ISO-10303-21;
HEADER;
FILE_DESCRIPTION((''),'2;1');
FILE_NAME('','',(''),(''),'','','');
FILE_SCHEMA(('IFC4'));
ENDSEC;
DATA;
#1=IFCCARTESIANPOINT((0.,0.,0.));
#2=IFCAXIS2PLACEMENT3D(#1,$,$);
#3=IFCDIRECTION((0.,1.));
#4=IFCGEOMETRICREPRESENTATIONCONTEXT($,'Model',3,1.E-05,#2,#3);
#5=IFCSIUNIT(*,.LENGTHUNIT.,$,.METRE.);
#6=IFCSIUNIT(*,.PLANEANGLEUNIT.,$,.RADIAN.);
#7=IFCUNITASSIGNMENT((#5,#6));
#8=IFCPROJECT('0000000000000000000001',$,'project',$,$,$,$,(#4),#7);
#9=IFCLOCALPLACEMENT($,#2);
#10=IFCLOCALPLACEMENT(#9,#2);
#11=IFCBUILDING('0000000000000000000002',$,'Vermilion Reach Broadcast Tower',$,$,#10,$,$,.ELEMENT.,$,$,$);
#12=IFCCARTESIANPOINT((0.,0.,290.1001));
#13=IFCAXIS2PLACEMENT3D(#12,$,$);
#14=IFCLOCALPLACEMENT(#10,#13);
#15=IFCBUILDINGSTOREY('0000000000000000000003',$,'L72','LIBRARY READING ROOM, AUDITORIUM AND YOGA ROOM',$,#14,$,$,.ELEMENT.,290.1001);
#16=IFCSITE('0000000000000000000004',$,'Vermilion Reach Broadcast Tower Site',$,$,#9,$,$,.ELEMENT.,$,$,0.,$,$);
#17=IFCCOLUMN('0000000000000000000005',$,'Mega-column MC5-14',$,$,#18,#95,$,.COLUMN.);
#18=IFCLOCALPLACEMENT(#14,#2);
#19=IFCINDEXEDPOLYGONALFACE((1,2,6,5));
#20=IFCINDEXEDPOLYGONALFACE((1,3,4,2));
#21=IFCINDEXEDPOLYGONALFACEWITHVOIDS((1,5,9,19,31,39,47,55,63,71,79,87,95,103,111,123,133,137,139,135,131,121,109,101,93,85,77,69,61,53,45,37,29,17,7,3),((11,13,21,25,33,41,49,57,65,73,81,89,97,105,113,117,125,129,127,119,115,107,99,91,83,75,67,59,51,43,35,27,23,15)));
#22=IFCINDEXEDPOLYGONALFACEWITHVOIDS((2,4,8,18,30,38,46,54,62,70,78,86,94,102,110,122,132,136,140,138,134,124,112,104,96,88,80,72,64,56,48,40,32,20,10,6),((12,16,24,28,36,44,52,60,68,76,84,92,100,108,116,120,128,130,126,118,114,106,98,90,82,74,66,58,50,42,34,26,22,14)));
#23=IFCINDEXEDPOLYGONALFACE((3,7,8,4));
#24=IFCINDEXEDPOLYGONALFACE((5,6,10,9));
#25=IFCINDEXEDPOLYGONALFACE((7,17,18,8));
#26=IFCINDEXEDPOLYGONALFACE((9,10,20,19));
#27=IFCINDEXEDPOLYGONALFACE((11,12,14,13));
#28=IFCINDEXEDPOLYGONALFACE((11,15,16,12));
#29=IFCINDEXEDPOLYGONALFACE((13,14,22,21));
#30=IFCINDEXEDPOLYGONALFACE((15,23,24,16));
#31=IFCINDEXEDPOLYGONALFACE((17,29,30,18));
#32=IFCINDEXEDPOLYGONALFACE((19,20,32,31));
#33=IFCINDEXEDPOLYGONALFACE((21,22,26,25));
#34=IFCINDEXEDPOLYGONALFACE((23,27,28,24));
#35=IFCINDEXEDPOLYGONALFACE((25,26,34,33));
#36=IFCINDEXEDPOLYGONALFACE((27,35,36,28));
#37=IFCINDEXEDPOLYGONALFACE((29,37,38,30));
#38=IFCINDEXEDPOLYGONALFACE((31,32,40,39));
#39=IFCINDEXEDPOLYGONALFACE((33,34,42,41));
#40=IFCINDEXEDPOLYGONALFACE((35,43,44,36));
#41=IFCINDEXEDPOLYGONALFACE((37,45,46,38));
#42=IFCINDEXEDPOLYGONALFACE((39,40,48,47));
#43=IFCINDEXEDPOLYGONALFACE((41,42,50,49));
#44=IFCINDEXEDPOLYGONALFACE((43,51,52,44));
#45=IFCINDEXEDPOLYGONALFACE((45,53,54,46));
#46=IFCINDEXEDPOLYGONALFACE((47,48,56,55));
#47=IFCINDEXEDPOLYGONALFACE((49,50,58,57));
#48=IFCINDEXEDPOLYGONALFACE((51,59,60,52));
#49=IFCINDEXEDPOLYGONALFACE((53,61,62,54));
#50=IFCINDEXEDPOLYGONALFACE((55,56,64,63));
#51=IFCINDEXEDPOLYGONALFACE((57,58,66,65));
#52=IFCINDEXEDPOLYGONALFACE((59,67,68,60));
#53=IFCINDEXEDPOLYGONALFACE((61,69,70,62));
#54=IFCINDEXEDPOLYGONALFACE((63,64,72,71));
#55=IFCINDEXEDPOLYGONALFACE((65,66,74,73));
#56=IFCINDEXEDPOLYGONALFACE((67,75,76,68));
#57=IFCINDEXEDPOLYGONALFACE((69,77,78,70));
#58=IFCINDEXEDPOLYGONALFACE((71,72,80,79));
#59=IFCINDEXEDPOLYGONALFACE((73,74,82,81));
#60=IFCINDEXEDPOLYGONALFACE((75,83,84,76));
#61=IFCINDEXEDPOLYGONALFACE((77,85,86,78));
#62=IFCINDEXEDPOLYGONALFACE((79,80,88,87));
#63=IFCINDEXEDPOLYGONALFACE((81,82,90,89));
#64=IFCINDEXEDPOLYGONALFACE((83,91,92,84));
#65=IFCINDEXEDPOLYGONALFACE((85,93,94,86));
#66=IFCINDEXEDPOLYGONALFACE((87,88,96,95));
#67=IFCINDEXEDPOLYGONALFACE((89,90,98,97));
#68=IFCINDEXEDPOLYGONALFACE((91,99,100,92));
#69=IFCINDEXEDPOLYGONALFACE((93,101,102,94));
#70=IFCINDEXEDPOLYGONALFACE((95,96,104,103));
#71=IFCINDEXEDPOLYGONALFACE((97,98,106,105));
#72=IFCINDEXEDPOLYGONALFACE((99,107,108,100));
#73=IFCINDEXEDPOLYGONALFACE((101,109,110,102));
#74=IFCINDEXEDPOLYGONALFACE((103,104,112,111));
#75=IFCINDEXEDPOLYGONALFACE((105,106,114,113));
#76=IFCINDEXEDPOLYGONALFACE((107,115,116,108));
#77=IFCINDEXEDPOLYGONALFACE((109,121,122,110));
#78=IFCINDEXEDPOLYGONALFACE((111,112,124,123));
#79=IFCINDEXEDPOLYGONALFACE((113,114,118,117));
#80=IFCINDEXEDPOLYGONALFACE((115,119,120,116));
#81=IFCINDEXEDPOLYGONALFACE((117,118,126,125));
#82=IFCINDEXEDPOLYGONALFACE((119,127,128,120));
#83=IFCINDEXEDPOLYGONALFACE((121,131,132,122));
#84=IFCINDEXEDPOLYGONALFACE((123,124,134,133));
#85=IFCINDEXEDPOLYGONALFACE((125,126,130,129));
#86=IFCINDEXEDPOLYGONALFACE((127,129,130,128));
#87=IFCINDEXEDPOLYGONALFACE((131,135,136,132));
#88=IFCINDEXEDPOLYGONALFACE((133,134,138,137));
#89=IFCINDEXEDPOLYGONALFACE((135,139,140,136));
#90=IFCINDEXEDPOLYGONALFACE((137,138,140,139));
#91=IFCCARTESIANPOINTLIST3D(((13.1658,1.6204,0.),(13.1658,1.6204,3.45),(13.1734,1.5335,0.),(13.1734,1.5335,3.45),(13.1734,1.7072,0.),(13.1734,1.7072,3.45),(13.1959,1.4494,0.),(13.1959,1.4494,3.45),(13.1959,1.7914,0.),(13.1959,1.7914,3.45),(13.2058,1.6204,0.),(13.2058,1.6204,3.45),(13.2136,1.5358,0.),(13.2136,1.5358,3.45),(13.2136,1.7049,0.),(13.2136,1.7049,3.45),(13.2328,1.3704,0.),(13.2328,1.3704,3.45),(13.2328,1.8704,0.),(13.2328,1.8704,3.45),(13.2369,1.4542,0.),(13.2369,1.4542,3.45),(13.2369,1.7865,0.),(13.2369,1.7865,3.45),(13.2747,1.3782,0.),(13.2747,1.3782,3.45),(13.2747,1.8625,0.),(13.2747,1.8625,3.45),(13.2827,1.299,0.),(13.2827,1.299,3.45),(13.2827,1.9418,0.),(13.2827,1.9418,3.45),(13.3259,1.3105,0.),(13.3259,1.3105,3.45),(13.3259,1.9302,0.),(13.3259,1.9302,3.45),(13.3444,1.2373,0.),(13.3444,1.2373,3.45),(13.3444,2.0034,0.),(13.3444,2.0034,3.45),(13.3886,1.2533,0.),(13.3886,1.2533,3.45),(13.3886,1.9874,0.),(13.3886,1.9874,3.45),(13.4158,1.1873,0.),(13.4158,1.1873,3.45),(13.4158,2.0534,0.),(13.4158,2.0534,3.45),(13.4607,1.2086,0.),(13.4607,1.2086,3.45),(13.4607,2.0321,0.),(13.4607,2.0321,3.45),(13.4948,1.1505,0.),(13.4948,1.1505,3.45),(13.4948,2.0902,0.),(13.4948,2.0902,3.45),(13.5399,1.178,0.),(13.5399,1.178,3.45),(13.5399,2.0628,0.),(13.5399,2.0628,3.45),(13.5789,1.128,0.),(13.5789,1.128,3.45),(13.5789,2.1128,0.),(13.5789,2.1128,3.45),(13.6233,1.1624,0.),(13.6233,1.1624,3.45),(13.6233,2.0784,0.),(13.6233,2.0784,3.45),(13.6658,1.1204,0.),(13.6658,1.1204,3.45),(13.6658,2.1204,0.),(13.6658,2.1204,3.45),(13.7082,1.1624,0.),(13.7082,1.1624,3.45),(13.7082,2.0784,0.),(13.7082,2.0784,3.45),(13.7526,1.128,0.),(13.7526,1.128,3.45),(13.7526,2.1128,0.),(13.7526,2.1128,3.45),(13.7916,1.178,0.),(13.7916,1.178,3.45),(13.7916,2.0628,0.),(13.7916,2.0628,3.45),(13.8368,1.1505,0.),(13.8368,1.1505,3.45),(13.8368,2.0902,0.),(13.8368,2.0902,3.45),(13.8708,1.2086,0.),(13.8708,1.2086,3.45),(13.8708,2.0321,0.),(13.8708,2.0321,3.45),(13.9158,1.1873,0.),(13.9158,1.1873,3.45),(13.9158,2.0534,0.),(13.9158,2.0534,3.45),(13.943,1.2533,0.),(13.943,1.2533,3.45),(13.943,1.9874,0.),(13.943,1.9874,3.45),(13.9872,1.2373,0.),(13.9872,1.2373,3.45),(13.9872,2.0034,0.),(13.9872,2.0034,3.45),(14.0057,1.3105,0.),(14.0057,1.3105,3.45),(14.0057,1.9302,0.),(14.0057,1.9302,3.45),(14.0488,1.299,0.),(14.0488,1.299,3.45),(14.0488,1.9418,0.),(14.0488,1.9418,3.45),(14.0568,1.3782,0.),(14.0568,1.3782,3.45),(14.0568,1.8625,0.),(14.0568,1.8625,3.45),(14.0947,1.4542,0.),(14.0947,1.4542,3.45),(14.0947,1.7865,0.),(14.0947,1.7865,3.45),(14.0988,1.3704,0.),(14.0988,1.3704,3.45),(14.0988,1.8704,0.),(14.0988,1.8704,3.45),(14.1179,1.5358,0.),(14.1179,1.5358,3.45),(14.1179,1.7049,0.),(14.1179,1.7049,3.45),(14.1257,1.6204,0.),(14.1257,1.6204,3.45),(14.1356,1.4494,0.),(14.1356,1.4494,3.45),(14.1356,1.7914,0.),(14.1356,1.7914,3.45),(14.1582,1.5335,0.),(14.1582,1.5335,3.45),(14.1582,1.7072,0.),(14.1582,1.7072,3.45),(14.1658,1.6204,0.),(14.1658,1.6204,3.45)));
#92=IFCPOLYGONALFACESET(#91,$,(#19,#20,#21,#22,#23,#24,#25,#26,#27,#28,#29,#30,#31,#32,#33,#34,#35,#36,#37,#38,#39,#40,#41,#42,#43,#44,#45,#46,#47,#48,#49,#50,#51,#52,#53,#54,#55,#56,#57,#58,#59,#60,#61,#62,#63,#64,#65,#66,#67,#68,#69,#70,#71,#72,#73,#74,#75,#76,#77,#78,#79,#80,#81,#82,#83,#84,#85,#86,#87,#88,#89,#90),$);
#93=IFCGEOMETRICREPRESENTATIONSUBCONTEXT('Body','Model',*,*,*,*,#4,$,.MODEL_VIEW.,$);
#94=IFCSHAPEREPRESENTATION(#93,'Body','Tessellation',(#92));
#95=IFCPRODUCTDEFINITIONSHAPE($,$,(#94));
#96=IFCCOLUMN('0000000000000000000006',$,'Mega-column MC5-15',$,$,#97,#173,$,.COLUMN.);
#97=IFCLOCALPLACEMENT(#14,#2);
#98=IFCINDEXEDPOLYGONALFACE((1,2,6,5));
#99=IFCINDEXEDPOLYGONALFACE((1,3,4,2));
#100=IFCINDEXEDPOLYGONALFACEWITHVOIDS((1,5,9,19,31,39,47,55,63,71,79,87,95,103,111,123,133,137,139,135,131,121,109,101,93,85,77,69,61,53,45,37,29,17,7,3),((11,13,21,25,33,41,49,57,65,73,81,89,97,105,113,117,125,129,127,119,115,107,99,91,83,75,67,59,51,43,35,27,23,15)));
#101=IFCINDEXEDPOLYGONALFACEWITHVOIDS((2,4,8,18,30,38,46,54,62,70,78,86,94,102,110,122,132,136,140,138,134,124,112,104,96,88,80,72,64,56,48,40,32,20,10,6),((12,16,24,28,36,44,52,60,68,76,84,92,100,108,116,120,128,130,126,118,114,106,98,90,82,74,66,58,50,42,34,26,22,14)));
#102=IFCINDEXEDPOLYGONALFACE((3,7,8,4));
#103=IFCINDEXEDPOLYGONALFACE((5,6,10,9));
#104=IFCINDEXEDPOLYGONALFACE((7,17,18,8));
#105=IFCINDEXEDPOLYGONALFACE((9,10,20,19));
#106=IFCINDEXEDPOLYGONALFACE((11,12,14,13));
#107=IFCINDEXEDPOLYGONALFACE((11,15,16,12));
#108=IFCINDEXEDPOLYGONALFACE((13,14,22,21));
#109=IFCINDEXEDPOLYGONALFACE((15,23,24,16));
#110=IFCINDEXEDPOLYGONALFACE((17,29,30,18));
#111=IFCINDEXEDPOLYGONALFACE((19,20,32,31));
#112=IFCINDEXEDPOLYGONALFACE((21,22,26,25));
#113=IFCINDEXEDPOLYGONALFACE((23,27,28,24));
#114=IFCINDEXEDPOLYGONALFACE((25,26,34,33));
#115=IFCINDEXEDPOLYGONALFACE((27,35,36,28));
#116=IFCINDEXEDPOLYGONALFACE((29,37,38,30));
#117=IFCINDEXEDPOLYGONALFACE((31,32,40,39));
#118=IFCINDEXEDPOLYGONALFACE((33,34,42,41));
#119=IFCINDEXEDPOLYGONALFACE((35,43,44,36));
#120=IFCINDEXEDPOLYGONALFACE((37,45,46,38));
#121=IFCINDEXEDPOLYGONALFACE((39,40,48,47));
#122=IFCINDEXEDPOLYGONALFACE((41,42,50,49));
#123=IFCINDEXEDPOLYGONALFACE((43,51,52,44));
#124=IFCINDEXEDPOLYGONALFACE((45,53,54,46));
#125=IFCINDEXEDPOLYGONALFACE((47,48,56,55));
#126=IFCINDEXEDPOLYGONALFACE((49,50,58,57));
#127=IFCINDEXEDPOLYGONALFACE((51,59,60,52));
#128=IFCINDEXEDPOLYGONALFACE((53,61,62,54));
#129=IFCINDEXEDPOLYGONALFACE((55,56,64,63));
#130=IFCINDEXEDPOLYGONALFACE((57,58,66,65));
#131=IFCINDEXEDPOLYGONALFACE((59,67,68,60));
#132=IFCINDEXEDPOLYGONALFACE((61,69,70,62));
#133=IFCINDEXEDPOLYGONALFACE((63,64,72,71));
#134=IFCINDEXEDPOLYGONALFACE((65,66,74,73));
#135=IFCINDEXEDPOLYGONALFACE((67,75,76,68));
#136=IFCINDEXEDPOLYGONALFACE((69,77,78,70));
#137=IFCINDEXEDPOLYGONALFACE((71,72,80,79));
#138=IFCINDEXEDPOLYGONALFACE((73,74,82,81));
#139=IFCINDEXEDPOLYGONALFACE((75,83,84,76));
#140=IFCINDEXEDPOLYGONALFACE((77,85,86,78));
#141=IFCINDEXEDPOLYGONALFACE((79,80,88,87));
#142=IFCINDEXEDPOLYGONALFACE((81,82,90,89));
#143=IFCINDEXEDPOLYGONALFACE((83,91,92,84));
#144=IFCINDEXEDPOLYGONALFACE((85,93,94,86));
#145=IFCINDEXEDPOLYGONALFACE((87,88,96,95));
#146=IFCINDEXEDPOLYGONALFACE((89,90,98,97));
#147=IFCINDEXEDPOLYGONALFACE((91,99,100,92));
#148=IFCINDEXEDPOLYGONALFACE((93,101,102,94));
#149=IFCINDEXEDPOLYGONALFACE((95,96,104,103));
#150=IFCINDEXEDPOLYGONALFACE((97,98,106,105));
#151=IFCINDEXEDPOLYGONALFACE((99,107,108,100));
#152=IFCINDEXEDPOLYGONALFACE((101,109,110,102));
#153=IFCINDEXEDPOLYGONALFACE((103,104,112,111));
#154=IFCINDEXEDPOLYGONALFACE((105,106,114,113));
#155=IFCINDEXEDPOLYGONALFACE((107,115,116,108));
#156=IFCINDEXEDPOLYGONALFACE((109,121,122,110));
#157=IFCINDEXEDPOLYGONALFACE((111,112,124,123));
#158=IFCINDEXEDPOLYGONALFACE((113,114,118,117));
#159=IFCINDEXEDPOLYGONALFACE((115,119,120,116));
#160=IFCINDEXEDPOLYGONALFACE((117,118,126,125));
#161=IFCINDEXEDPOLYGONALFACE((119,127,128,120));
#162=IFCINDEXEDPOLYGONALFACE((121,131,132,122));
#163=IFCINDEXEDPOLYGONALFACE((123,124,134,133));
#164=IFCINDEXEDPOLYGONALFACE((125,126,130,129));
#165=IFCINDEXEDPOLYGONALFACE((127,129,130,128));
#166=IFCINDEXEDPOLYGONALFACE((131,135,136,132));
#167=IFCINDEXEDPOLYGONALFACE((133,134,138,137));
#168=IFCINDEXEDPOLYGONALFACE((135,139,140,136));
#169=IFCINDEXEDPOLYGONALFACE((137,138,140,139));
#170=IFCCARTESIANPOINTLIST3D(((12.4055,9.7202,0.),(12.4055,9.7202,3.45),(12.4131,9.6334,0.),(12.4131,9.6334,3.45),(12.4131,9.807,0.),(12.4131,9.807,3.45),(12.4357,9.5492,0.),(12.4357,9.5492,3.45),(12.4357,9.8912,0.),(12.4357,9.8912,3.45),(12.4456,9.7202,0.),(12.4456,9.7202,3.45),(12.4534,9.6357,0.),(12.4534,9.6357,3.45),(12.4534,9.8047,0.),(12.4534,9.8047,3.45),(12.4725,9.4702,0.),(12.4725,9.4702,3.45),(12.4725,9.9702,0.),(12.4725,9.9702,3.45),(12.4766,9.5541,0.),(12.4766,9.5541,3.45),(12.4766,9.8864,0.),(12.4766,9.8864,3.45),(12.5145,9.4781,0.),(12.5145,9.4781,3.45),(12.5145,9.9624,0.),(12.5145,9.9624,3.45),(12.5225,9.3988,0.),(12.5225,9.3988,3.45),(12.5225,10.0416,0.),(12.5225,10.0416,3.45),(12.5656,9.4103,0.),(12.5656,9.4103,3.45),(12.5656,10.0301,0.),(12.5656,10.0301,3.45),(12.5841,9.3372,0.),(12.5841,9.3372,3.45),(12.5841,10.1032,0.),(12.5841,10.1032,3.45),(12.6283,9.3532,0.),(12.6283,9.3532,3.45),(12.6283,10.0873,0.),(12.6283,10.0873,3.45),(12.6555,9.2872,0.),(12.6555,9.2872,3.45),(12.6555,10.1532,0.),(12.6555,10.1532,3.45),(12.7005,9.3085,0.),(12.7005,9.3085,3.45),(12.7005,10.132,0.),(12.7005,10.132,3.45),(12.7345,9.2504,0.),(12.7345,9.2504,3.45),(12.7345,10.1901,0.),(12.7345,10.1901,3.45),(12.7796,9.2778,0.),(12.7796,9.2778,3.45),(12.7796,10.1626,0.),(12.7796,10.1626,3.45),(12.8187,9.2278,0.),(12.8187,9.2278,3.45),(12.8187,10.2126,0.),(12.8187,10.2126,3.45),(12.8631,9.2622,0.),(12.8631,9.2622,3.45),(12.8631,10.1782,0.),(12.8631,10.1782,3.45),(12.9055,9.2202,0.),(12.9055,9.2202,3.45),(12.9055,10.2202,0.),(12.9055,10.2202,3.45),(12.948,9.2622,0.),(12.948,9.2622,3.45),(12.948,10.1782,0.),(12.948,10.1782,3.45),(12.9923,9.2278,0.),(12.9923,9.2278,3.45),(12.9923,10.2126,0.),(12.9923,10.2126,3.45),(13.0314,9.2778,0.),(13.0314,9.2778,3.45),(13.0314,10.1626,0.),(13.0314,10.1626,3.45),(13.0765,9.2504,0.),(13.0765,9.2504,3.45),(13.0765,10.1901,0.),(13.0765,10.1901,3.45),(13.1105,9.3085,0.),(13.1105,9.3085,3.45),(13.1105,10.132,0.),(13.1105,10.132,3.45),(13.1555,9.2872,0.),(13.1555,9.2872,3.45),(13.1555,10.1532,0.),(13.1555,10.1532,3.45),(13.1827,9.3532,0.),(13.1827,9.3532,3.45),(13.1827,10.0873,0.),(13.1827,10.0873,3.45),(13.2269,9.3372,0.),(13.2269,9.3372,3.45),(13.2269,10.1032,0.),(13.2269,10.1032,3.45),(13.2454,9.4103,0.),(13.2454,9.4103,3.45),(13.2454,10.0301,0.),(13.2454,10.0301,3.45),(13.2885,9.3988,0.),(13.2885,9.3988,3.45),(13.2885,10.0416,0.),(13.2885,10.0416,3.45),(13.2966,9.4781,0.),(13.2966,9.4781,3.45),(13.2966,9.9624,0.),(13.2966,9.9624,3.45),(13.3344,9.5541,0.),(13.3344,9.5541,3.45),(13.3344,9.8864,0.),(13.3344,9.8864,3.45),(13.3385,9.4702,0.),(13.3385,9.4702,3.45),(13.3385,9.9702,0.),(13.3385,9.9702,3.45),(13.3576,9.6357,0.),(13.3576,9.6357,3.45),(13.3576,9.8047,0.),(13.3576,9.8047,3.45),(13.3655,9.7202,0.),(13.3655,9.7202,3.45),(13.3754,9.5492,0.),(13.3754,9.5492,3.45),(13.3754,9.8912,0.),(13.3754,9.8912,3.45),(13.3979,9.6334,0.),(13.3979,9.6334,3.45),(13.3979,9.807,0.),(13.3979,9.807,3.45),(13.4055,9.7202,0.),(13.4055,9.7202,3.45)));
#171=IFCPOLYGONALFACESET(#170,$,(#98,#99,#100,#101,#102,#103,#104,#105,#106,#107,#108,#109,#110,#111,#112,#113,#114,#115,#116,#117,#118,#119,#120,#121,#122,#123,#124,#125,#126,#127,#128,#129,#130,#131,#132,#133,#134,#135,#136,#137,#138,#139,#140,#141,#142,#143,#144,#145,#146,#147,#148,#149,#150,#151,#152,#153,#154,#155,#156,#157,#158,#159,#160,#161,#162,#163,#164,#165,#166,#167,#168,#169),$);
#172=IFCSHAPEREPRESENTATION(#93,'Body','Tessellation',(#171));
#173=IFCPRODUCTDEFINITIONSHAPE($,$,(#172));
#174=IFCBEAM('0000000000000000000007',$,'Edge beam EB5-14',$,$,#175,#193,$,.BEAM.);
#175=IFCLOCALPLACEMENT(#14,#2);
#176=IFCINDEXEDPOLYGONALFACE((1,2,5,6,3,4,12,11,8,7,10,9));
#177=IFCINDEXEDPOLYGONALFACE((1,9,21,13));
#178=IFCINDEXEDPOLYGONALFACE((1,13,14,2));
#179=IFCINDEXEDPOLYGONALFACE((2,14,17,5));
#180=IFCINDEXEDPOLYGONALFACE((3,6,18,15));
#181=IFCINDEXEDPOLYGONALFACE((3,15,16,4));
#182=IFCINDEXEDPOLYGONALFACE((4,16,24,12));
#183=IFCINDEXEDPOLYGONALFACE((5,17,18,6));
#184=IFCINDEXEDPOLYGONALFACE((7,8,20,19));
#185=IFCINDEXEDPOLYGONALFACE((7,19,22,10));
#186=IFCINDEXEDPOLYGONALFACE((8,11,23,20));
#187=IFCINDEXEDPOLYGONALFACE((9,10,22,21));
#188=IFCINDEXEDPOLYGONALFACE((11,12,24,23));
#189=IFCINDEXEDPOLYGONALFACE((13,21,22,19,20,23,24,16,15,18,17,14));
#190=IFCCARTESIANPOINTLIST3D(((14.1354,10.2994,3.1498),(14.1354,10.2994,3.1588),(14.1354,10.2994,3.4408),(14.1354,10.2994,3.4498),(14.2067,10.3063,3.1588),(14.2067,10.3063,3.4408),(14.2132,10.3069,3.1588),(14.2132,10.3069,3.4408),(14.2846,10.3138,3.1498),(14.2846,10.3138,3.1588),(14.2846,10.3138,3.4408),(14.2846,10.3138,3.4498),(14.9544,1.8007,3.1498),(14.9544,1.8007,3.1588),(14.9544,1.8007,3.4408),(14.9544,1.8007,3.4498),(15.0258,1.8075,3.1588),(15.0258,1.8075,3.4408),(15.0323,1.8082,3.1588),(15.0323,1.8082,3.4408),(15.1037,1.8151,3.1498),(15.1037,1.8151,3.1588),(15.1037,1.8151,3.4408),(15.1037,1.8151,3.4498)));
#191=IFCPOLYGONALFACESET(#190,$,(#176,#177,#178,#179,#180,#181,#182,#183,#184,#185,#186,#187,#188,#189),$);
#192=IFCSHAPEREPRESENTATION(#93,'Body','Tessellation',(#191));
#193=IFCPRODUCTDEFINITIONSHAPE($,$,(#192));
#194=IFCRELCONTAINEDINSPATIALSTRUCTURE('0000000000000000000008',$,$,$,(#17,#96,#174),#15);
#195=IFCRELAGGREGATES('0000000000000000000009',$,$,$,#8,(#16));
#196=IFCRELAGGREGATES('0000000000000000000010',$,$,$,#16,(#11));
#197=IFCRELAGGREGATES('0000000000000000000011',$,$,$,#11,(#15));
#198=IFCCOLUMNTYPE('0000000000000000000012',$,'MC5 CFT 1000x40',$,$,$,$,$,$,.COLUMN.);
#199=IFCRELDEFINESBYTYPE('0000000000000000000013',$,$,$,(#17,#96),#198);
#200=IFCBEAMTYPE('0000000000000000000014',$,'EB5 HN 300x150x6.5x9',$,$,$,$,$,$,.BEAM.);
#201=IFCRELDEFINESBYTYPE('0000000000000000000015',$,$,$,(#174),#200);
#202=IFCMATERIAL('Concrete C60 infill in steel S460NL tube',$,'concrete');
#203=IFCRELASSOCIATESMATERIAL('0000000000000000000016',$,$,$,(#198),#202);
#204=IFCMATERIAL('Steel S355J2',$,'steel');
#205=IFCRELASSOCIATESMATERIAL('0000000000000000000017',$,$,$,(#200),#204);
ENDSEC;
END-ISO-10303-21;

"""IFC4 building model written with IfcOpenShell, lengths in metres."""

from ifc_helpers import new_model, si_unit, direction, frame, origin, origin_2d, place, context, subcontext, project, spatial, hollow_circle, i_section, extrude, material, material_profile, profile_set, type_object, element, save


model = new_model("IFC4")

# Units and contexts
model_context = context("Model", 3, precision=1e-05, world=origin(), true_north=direction((0.0, 1.0)))
body_context = subcontext(model_context, "Body", "Model", "MODEL_VIEW")
ifc_project = project(units=[si_unit("LENGTHUNIT", "METRE"), si_unit("PLANEANGLEUNIT", "RADIAN")], contexts=[model_context])

# Site, building, storey
site_placement = place(None, origin())
site = spatial("IfcSite", under=ifc_project, at=site_placement, Name="Vermilion Reach Broadcast Tower Site", CompositionType="ELEMENT", RefElevation=0.0)
building_placement = place(site_placement, origin())
building = spatial("IfcBuilding", under=site, at=building_placement, Name="Vermilion Reach Broadcast Tower", CompositionType="ELEMENT")
storey_placement = place(building_placement, frame((0.0, 0.0, 290.1001)))
storey = spatial("IfcBuildingStorey", under=building, at=storey_placement, Name="L72", Description="LIBRARY READING ROOM, AUDITORIUM AND YOGA ROOM", CompositionType="ELEMENT", Elevation=290.1001)

# Columns
ifc_material_1 = material(Name="Concrete C60 infill in steel S460NL tube", Category="concrete")
ifc_material_profile_1 = material_profile(ifc_material_1, hollow_circle(Radius=0.5, WallThickness=0.04, at=origin_2d()), Name="Concrete C60 infill in steel S460NL tube CFT 1000x40")
ifc_profile_set_1 = profile_set([ifc_material_profile_1], Name="Concrete C60 infill in steel S460NL tube")
column_type = type_object("IfcColumnType", Name="MC5 CFT 1000x40", PredefinedType="COLUMN", material=ifc_profile_set_1)
for number, where, z_axis, x_axis, name in (
    (1, (13.6658, 1.6204, 0.0), (0.0, 0.0, 1.0), (1.0, 0.0, 0.0), "Mega-column MC5-14"),
    (2, (12.9055, 9.7202, 0.0), (0.0, 0.0, 1.0), (1.0, 0.0, 0.0), "Mega-column MC5-15"),
):
    element("IfcColumn", number, at=place(storey_placement, frame(where, z_axis=z_axis, x_axis=x_axis)), inside=storey, type_object=column_type, Name=name, PredefinedType="COLUMN", context=body_context, shape_type="SweptSolid", body=[
        extrude(hollow_circle(Radius=0.5, WallThickness=0.04, at=origin_2d()), origin(), (0.0, 0.0, 1.0), 3.45),
    ])

# Beam
ifc_material_2 = material(Name="Steel S355J2", Category="steel")
ifc_material_profile_2 = material_profile(ifc_material_2, i_section(OverallWidth=0.1499, OverallDepth=0.3, WebThickness=0.0066, FlangeThickness=0.009, at=origin_2d()), Name="S355J2 HN 300x150x6.5x9")
ifc_profile_set_2 = profile_set([ifc_material_profile_2], Name="Steel S355J2")
beam_type_1 = type_object("IfcBeamType", Name="EB5 HN 300x150x6.5x9", PredefinedType="BEAM", material=ifc_profile_set_2)
beam_1_placement = place(storey_placement, frame((15.0291, 1.8079, 3.2998), z_axis=(-0.095933, 0.995388, 0.0), x_axis=(-0.995388, -0.095933, 0.0)))
element("IfcBeam", 3, at=beam_1_placement, inside=storey, type_object=beam_type_1, Name="Edge beam EB5-14", PredefinedType="BEAM", context=body_context, shape_type="SweptSolid", body=[
    extrude(i_section(OverallWidth=0.1499, OverallDepth=0.3, WebThickness=0.0066, FlangeThickness=0.009, at=origin_2d()), origin(), (0.0, 0.0, 1.0), 8.5381),
])

save(model, "model.ifc")
